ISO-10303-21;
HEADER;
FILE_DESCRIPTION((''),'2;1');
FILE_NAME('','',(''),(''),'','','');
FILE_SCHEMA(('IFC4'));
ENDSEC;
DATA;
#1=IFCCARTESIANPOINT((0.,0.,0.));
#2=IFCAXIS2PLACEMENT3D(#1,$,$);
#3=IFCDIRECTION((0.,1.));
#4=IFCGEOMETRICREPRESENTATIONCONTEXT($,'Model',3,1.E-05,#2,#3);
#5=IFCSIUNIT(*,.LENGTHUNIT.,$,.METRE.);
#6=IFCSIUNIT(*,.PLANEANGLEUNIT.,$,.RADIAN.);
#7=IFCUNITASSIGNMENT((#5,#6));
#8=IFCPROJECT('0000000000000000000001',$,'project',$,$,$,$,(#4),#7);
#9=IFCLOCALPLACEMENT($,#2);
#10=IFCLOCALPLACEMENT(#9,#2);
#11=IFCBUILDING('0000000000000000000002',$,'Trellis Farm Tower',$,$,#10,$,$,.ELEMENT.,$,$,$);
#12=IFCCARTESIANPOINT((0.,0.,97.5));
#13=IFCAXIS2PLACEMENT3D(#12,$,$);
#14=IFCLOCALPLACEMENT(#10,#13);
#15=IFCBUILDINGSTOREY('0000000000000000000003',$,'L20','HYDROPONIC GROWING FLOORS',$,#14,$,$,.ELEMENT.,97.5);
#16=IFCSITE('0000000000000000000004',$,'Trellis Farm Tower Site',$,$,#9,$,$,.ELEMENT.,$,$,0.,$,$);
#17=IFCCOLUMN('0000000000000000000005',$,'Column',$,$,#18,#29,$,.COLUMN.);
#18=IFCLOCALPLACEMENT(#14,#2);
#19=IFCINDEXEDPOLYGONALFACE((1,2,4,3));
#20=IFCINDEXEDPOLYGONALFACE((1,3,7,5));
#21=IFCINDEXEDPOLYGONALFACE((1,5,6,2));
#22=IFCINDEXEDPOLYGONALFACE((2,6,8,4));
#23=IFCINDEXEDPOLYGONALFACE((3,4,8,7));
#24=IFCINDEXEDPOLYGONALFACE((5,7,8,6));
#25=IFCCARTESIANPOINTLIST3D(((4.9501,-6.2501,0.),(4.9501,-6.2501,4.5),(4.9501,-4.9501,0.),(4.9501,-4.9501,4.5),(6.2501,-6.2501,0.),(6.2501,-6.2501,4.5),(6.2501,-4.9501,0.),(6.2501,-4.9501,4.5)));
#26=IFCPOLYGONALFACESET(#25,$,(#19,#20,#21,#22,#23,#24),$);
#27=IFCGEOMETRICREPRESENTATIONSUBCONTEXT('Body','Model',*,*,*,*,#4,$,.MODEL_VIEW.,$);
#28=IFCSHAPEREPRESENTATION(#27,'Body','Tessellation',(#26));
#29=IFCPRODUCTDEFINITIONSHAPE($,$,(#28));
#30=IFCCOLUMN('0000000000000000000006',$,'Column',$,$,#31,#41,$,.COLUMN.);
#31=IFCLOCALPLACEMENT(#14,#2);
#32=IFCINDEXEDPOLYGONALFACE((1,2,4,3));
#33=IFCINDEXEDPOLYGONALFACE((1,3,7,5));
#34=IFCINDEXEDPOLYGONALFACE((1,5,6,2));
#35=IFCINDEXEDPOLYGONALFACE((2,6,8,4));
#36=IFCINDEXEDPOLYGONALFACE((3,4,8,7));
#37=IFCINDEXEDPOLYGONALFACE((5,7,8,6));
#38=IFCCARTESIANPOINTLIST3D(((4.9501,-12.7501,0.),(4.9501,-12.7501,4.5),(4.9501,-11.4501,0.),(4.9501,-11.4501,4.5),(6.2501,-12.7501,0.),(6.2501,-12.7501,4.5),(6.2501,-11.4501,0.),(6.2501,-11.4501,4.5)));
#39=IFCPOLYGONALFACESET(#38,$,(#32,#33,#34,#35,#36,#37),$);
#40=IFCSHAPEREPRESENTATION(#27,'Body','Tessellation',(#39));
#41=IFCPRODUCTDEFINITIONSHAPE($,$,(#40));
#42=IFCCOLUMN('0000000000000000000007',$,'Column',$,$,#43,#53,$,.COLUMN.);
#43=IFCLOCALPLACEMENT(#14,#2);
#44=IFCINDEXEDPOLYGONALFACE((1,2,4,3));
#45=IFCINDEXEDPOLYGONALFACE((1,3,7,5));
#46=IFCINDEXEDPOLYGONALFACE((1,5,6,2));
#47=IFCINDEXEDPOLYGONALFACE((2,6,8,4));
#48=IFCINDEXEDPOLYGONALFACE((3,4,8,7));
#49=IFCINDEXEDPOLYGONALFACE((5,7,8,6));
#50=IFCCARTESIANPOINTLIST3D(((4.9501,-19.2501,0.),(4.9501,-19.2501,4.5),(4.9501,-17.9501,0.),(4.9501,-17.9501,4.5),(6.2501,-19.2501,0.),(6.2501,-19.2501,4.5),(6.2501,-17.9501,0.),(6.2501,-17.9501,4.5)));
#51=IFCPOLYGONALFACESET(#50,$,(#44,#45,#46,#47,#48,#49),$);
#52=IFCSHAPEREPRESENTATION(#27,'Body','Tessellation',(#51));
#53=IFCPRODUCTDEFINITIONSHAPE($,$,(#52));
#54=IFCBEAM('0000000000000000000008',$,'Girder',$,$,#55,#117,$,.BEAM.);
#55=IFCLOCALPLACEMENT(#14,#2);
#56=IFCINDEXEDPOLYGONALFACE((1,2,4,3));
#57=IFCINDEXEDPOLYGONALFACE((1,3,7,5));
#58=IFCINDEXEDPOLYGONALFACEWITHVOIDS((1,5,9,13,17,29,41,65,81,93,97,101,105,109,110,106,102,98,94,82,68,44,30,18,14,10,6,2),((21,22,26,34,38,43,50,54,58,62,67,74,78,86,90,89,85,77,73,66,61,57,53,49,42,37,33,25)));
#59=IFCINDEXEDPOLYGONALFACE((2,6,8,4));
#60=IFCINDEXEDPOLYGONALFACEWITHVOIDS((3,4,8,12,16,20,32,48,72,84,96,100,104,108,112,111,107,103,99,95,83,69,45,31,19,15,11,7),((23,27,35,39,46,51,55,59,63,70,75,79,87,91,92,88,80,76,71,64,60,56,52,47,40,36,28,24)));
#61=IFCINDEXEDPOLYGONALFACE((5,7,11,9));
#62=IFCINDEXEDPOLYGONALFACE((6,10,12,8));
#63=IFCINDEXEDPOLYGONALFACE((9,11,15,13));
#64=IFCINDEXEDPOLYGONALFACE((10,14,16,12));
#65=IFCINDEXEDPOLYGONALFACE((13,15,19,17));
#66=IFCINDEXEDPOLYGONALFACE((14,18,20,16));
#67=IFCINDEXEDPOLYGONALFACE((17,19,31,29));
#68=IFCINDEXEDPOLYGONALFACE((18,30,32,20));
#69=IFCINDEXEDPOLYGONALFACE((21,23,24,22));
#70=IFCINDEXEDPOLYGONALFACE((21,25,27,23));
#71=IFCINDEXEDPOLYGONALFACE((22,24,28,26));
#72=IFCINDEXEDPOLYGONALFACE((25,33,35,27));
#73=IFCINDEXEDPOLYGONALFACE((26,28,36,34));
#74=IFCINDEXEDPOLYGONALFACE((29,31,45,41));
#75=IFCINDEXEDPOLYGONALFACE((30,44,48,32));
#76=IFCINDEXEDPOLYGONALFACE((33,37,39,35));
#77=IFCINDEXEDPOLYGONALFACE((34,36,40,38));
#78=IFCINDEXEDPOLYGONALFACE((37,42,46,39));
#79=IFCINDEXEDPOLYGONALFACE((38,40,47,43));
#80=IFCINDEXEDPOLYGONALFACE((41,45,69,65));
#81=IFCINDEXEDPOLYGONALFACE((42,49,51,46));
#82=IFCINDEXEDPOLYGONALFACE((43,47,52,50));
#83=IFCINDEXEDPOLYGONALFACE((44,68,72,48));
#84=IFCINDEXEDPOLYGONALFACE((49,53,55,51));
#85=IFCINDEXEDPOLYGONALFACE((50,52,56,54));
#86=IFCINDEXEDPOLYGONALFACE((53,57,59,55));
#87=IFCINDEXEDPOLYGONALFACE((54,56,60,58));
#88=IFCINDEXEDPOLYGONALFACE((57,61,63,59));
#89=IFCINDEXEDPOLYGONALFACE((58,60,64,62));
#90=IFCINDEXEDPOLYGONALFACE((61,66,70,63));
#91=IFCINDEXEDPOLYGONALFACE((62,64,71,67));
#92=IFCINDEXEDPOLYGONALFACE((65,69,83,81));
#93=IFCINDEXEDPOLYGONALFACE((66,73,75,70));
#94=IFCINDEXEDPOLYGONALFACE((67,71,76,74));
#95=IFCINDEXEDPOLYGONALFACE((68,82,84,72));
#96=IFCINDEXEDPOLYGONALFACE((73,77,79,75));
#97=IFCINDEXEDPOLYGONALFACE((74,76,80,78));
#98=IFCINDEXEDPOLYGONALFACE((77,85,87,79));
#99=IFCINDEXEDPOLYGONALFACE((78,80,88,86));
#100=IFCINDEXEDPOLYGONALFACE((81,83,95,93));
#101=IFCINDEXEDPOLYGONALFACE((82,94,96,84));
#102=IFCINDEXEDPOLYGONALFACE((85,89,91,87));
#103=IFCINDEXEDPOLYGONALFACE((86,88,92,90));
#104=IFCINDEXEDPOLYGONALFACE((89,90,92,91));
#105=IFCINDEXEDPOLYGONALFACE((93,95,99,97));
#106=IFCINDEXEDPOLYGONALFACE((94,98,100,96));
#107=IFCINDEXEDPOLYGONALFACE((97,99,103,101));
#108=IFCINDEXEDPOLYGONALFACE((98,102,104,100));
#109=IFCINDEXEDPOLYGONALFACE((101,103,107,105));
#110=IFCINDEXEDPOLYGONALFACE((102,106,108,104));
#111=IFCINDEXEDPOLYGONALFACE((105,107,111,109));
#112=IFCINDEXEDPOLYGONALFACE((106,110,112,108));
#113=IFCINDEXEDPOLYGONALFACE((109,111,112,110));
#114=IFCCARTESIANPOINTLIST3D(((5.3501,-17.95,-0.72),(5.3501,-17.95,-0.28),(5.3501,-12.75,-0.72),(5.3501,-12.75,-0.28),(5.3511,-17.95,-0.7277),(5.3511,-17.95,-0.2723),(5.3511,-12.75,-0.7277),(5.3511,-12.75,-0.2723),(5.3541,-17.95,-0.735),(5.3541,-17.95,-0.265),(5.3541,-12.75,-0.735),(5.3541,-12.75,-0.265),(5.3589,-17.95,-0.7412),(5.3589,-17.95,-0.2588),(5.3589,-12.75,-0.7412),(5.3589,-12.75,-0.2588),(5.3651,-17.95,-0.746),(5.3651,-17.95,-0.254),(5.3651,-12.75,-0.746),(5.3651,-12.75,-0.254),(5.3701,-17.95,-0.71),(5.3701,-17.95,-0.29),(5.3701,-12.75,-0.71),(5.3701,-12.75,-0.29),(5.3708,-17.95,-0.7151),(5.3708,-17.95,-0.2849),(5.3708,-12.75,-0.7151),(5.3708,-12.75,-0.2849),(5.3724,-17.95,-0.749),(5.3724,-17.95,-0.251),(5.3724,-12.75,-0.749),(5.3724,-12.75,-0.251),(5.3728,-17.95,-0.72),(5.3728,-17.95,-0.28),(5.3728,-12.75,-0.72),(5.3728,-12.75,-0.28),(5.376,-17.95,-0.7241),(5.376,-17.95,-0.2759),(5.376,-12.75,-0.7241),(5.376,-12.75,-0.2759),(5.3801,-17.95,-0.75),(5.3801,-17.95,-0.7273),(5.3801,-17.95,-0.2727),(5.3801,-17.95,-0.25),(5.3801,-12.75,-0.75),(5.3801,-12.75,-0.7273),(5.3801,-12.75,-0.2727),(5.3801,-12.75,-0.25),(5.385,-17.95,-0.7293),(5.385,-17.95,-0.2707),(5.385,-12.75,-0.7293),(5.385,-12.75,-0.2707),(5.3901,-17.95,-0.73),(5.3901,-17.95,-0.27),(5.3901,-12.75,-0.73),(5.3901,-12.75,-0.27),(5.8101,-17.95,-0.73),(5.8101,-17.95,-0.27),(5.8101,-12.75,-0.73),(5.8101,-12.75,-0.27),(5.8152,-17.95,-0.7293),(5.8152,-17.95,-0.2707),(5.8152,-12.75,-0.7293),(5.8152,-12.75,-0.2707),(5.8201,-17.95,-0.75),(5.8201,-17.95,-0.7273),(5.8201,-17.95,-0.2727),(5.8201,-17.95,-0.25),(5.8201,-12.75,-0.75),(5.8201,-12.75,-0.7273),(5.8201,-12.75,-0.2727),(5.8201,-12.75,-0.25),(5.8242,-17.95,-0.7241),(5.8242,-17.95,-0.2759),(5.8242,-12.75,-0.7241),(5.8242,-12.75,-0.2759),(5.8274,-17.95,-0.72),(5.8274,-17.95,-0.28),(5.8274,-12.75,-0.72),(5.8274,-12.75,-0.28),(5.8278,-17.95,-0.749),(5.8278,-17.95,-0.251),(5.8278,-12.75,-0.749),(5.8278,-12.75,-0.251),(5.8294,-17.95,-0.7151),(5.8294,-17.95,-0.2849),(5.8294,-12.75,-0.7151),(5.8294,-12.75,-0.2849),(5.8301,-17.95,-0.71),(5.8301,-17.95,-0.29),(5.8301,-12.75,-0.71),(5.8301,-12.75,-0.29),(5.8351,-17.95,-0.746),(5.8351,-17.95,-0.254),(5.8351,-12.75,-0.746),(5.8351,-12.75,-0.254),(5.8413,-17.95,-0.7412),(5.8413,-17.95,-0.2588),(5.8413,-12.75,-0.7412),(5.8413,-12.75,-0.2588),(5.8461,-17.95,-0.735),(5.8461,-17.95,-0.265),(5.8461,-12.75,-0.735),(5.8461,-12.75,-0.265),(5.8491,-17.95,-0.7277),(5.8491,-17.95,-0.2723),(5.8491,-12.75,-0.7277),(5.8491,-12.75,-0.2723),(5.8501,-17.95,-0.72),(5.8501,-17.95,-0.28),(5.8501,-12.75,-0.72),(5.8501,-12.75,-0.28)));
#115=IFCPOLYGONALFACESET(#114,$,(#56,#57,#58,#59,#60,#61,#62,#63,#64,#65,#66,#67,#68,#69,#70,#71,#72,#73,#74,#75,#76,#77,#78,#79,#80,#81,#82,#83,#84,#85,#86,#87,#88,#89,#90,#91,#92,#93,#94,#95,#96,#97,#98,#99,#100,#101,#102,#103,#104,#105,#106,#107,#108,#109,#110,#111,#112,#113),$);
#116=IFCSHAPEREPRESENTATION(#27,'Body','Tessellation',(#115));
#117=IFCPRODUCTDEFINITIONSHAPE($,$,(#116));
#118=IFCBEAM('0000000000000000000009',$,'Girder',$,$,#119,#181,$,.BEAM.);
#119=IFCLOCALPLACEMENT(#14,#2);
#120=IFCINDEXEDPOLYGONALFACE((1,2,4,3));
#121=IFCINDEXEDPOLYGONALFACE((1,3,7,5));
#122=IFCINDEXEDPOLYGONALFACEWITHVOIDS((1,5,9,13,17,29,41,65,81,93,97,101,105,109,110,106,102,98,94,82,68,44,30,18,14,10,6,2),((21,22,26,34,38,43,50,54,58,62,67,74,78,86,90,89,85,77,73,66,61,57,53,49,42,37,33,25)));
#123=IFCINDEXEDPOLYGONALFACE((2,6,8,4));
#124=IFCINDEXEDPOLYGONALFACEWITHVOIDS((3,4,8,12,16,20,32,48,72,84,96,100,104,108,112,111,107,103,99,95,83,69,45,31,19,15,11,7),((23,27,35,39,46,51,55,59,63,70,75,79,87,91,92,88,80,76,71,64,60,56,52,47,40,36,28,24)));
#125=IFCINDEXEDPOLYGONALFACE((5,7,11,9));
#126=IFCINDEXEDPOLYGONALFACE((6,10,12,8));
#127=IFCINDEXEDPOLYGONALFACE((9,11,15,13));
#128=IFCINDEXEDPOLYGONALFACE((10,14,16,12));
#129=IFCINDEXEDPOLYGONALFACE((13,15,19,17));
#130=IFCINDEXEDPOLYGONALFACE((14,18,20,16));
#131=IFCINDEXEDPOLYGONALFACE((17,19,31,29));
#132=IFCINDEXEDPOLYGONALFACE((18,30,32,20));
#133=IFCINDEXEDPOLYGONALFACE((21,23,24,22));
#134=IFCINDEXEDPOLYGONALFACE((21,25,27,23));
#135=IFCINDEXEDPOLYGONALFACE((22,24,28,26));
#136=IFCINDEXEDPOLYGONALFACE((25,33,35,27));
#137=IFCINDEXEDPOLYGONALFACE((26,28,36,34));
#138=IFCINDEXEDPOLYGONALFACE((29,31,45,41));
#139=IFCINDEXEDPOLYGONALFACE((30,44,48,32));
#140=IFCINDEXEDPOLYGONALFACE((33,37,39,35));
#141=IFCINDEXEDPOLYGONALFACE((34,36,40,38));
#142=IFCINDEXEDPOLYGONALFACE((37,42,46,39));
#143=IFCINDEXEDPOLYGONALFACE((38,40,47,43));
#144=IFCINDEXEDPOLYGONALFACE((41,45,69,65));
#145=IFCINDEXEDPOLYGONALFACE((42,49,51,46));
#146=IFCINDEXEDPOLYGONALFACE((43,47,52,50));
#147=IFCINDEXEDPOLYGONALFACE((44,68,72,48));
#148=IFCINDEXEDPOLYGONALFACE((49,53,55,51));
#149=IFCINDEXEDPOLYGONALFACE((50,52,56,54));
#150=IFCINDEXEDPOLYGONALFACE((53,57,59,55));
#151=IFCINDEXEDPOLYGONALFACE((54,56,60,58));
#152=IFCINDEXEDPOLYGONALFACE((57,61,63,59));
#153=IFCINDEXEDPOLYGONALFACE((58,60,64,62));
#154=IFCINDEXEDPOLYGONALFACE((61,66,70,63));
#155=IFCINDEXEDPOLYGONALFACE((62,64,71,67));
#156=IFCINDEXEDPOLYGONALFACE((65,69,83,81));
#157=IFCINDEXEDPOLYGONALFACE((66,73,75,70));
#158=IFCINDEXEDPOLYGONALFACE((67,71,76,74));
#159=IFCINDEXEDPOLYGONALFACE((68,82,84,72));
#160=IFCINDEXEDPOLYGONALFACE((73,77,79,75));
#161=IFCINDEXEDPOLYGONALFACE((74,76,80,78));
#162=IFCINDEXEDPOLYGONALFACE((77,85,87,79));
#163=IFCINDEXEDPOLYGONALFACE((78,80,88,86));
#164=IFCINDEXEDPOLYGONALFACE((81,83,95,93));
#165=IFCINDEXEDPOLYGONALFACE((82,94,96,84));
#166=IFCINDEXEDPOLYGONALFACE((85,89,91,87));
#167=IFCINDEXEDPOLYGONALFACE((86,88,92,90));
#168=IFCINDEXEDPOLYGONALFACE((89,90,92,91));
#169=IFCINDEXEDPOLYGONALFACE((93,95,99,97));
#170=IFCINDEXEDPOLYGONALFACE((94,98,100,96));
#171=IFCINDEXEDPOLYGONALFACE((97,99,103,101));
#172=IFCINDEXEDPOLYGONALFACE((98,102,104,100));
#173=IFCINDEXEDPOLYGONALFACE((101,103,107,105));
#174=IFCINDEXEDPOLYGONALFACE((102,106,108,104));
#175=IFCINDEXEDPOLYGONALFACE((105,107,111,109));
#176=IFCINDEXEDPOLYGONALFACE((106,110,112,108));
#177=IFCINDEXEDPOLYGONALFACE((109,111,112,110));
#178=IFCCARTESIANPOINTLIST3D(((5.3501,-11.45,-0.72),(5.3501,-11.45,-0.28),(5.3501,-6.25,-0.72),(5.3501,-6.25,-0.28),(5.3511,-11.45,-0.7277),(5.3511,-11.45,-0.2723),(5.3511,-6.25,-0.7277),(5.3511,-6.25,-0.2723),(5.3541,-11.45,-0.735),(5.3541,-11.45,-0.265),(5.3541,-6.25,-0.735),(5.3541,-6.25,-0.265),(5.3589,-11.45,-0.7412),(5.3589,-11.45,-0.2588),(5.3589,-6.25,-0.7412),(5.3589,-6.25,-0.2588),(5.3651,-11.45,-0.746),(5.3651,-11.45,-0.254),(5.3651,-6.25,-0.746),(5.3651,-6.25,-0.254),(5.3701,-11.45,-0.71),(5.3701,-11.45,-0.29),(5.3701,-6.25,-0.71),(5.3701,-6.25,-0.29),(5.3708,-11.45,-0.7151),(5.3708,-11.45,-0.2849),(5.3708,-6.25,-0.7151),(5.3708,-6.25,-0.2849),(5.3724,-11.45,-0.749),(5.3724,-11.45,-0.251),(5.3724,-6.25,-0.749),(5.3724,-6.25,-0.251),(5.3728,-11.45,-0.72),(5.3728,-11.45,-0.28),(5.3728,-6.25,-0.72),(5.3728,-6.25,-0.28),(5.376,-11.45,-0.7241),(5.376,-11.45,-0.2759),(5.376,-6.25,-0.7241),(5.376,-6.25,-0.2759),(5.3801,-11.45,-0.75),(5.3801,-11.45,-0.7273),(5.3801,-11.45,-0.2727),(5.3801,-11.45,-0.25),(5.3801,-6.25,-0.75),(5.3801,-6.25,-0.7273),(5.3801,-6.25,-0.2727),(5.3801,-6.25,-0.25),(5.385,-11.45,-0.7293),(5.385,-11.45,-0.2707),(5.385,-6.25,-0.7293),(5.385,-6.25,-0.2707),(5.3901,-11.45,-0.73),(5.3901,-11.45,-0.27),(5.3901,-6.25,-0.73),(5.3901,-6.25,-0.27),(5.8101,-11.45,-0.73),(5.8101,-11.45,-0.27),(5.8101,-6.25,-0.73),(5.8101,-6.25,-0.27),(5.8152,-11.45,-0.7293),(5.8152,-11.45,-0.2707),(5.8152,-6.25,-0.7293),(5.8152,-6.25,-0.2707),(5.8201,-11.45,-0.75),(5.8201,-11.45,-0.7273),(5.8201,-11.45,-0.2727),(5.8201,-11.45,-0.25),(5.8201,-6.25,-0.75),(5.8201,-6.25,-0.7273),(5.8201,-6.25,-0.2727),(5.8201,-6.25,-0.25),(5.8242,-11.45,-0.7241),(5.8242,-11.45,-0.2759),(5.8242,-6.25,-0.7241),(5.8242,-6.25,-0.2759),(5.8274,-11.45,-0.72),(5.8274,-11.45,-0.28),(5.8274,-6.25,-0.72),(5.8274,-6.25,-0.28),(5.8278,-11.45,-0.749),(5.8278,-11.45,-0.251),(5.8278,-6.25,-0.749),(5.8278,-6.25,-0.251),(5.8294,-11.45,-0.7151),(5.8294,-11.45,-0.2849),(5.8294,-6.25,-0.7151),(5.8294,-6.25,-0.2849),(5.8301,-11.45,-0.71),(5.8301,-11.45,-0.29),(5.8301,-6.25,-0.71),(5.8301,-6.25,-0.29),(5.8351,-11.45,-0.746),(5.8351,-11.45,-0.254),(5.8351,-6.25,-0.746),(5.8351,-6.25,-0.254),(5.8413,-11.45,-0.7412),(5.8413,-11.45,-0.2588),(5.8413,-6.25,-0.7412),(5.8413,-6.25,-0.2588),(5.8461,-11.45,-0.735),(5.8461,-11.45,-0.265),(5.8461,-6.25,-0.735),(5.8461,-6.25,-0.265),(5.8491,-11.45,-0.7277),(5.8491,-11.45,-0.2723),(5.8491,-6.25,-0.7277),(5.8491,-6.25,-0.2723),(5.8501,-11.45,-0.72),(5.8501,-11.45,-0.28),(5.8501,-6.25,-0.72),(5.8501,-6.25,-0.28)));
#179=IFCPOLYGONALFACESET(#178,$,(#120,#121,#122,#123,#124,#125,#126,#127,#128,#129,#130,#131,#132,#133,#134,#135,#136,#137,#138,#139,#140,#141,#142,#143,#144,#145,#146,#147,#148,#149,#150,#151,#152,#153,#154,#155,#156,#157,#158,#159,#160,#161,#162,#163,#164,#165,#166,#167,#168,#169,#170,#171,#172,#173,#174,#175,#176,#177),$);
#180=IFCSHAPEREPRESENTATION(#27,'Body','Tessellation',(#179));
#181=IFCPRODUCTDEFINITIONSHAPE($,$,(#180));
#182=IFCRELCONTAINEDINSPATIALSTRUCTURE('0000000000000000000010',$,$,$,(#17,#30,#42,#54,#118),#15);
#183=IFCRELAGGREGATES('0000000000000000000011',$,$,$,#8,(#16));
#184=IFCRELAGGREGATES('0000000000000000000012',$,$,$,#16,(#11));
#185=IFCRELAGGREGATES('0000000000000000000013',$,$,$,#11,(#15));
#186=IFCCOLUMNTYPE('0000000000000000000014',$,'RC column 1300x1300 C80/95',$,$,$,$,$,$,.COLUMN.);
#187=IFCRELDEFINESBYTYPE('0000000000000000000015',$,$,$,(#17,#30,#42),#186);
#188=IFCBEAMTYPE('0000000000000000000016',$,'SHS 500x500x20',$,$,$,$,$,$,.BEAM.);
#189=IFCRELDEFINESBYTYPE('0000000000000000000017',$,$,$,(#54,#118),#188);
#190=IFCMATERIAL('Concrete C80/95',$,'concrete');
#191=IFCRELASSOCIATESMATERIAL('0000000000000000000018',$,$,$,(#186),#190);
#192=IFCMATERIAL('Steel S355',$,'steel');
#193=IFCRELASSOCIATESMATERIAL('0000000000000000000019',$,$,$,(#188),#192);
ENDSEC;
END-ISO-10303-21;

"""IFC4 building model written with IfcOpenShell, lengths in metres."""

from ifc_helpers import new_model, si_unit, direction, frame, origin, origin_2d, place, context, subcontext, project, spatial, rectangle, hollow_rectangle, extrude, source, transform, mapped, material, material_profile, profile_set, type_object, element, save


model = new_model("IFC4")

# Units and contexts
model_context = context("Model", 3, precision=1e-05, world=origin(), true_north=direction((0.0, 1.0)))
body_context = subcontext(model_context, "Body", "Model", "MODEL_VIEW")
ifc_project = project(units=[si_unit("LENGTHUNIT", "METRE"), si_unit("PLANEANGLEUNIT", "RADIAN")], contexts=[model_context])

# Site, building, storey
site_placement = place(None, origin())
site = spatial("IfcSite", under=ifc_project, at=site_placement, Name="Trellis Farm Tower Site", CompositionType="ELEMENT", RefElevation=0.0)
building_placement = place(site_placement, origin())
building = spatial("IfcBuilding", under=site, at=building_placement, Name="Trellis Farm Tower", CompositionType="ELEMENT")
storey_placement = place(building_placement, frame((0.0, 0.0, 97.5)))
storey = spatial("IfcBuildingStorey", under=building, at=storey_placement, Name="L20", Description="HYDROPONIC GROWING FLOORS", CompositionType="ELEMENT", Elevation=97.5)

# Columns
ifc_material_1 = material(Name="Concrete C80/95", Category="concrete")
ifc_material_profile_1 = material_profile(ifc_material_1, rectangle(XDim=1.3, YDim=1.3, at=origin_2d()), Name="RC column 1300x1300 C80/95")
ifc_profile_set_1 = profile_set([ifc_material_profile_1], Name="Concrete C80/95")
column_type = type_object("IfcColumnType", Name="RC column 1300x1300 C80/95", PredefinedType="COLUMN", material=ifc_profile_set_1)
shared_shape_1 = source(origin(), body_context, "Body", "SweptSolid", [
    extrude(rectangle(XDim=1.3, YDim=1.3, at=origin_2d()), origin(), (0.0, 0.0, 1.0), 4.5),
])
for number, where, z_axis, x_axis, name in (
    (1, (5.6001, -5.6001, 0.0), (0.0, 0.0, 1.0), (1.0, 0.0, 0.0), "Column"),
    (2, (5.6001, -12.1001, 0.0), (0.0, 0.0, 1.0), (1.0, 0.0, 0.0), "Column"),
    (3, (5.6001, -18.6001, 0.0), (0.0, 0.0, 1.0), (1.0, 0.0, 0.0), "Column"),
):
    element("IfcColumn", number, at=place(storey_placement, frame(where, z_axis=z_axis, x_axis=x_axis)), inside=storey, type_object=column_type, Name=name, PredefinedType="COLUMN", context=body_context, shape_type="MappedRepresentation", body=[
        mapped(shared_shape_1, transform((0.0, 0.0, 0.0))),
    ])

# Beams
ifc_material_2 = material(Name="Steel S355", Category="steel")
ifc_material_profile_2 = material_profile(ifc_material_2, hollow_rectangle(XDim=0.5, YDim=0.5, WallThickness=0.02, InnerFilletRadius=0.02, OuterFilletRadius=0.03, at=origin_2d()), Name="SHS 500x500x20")
ifc_profile_set_2 = profile_set([ifc_material_profile_2], Name="Steel S355")
beam_type = type_object("IfcBeamType", Name="SHS 500x500x20", PredefinedType="BEAM", material=ifc_profile_set_2)
shared_shape_2 = source(origin(), body_context, "Body", "SweptSolid", [
    extrude(hollow_rectangle(XDim=0.5, YDim=0.5, WallThickness=0.02, InnerFilletRadius=0.02, OuterFilletRadius=0.03, at=origin_2d()), origin(), (0.0, 0.0, 1.0), 5.2),
])
for number, where, z_axis, x_axis, name in (
    (4, (5.6001, -17.95, -0.5), (0.0, 1.0, 0.0), (-1.0, 0.0, 0.0), "Girder"),
    (5, (5.6001, -11.45, -0.5), (0.0, 1.0, 0.0), (-1.0, 0.0, 0.0), "Girder"),
):
    element("IfcBeam", number, at=place(storey_placement, frame(where, z_axis=z_axis, x_axis=x_axis)), inside=storey, type_object=beam_type, Name=name, PredefinedType="BEAM", context=body_context, shape_type="MappedRepresentation", body=[
        mapped(shared_shape_2, transform((0.0, 0.0, 0.0))),
    ])

save(model, "model.ifc")
